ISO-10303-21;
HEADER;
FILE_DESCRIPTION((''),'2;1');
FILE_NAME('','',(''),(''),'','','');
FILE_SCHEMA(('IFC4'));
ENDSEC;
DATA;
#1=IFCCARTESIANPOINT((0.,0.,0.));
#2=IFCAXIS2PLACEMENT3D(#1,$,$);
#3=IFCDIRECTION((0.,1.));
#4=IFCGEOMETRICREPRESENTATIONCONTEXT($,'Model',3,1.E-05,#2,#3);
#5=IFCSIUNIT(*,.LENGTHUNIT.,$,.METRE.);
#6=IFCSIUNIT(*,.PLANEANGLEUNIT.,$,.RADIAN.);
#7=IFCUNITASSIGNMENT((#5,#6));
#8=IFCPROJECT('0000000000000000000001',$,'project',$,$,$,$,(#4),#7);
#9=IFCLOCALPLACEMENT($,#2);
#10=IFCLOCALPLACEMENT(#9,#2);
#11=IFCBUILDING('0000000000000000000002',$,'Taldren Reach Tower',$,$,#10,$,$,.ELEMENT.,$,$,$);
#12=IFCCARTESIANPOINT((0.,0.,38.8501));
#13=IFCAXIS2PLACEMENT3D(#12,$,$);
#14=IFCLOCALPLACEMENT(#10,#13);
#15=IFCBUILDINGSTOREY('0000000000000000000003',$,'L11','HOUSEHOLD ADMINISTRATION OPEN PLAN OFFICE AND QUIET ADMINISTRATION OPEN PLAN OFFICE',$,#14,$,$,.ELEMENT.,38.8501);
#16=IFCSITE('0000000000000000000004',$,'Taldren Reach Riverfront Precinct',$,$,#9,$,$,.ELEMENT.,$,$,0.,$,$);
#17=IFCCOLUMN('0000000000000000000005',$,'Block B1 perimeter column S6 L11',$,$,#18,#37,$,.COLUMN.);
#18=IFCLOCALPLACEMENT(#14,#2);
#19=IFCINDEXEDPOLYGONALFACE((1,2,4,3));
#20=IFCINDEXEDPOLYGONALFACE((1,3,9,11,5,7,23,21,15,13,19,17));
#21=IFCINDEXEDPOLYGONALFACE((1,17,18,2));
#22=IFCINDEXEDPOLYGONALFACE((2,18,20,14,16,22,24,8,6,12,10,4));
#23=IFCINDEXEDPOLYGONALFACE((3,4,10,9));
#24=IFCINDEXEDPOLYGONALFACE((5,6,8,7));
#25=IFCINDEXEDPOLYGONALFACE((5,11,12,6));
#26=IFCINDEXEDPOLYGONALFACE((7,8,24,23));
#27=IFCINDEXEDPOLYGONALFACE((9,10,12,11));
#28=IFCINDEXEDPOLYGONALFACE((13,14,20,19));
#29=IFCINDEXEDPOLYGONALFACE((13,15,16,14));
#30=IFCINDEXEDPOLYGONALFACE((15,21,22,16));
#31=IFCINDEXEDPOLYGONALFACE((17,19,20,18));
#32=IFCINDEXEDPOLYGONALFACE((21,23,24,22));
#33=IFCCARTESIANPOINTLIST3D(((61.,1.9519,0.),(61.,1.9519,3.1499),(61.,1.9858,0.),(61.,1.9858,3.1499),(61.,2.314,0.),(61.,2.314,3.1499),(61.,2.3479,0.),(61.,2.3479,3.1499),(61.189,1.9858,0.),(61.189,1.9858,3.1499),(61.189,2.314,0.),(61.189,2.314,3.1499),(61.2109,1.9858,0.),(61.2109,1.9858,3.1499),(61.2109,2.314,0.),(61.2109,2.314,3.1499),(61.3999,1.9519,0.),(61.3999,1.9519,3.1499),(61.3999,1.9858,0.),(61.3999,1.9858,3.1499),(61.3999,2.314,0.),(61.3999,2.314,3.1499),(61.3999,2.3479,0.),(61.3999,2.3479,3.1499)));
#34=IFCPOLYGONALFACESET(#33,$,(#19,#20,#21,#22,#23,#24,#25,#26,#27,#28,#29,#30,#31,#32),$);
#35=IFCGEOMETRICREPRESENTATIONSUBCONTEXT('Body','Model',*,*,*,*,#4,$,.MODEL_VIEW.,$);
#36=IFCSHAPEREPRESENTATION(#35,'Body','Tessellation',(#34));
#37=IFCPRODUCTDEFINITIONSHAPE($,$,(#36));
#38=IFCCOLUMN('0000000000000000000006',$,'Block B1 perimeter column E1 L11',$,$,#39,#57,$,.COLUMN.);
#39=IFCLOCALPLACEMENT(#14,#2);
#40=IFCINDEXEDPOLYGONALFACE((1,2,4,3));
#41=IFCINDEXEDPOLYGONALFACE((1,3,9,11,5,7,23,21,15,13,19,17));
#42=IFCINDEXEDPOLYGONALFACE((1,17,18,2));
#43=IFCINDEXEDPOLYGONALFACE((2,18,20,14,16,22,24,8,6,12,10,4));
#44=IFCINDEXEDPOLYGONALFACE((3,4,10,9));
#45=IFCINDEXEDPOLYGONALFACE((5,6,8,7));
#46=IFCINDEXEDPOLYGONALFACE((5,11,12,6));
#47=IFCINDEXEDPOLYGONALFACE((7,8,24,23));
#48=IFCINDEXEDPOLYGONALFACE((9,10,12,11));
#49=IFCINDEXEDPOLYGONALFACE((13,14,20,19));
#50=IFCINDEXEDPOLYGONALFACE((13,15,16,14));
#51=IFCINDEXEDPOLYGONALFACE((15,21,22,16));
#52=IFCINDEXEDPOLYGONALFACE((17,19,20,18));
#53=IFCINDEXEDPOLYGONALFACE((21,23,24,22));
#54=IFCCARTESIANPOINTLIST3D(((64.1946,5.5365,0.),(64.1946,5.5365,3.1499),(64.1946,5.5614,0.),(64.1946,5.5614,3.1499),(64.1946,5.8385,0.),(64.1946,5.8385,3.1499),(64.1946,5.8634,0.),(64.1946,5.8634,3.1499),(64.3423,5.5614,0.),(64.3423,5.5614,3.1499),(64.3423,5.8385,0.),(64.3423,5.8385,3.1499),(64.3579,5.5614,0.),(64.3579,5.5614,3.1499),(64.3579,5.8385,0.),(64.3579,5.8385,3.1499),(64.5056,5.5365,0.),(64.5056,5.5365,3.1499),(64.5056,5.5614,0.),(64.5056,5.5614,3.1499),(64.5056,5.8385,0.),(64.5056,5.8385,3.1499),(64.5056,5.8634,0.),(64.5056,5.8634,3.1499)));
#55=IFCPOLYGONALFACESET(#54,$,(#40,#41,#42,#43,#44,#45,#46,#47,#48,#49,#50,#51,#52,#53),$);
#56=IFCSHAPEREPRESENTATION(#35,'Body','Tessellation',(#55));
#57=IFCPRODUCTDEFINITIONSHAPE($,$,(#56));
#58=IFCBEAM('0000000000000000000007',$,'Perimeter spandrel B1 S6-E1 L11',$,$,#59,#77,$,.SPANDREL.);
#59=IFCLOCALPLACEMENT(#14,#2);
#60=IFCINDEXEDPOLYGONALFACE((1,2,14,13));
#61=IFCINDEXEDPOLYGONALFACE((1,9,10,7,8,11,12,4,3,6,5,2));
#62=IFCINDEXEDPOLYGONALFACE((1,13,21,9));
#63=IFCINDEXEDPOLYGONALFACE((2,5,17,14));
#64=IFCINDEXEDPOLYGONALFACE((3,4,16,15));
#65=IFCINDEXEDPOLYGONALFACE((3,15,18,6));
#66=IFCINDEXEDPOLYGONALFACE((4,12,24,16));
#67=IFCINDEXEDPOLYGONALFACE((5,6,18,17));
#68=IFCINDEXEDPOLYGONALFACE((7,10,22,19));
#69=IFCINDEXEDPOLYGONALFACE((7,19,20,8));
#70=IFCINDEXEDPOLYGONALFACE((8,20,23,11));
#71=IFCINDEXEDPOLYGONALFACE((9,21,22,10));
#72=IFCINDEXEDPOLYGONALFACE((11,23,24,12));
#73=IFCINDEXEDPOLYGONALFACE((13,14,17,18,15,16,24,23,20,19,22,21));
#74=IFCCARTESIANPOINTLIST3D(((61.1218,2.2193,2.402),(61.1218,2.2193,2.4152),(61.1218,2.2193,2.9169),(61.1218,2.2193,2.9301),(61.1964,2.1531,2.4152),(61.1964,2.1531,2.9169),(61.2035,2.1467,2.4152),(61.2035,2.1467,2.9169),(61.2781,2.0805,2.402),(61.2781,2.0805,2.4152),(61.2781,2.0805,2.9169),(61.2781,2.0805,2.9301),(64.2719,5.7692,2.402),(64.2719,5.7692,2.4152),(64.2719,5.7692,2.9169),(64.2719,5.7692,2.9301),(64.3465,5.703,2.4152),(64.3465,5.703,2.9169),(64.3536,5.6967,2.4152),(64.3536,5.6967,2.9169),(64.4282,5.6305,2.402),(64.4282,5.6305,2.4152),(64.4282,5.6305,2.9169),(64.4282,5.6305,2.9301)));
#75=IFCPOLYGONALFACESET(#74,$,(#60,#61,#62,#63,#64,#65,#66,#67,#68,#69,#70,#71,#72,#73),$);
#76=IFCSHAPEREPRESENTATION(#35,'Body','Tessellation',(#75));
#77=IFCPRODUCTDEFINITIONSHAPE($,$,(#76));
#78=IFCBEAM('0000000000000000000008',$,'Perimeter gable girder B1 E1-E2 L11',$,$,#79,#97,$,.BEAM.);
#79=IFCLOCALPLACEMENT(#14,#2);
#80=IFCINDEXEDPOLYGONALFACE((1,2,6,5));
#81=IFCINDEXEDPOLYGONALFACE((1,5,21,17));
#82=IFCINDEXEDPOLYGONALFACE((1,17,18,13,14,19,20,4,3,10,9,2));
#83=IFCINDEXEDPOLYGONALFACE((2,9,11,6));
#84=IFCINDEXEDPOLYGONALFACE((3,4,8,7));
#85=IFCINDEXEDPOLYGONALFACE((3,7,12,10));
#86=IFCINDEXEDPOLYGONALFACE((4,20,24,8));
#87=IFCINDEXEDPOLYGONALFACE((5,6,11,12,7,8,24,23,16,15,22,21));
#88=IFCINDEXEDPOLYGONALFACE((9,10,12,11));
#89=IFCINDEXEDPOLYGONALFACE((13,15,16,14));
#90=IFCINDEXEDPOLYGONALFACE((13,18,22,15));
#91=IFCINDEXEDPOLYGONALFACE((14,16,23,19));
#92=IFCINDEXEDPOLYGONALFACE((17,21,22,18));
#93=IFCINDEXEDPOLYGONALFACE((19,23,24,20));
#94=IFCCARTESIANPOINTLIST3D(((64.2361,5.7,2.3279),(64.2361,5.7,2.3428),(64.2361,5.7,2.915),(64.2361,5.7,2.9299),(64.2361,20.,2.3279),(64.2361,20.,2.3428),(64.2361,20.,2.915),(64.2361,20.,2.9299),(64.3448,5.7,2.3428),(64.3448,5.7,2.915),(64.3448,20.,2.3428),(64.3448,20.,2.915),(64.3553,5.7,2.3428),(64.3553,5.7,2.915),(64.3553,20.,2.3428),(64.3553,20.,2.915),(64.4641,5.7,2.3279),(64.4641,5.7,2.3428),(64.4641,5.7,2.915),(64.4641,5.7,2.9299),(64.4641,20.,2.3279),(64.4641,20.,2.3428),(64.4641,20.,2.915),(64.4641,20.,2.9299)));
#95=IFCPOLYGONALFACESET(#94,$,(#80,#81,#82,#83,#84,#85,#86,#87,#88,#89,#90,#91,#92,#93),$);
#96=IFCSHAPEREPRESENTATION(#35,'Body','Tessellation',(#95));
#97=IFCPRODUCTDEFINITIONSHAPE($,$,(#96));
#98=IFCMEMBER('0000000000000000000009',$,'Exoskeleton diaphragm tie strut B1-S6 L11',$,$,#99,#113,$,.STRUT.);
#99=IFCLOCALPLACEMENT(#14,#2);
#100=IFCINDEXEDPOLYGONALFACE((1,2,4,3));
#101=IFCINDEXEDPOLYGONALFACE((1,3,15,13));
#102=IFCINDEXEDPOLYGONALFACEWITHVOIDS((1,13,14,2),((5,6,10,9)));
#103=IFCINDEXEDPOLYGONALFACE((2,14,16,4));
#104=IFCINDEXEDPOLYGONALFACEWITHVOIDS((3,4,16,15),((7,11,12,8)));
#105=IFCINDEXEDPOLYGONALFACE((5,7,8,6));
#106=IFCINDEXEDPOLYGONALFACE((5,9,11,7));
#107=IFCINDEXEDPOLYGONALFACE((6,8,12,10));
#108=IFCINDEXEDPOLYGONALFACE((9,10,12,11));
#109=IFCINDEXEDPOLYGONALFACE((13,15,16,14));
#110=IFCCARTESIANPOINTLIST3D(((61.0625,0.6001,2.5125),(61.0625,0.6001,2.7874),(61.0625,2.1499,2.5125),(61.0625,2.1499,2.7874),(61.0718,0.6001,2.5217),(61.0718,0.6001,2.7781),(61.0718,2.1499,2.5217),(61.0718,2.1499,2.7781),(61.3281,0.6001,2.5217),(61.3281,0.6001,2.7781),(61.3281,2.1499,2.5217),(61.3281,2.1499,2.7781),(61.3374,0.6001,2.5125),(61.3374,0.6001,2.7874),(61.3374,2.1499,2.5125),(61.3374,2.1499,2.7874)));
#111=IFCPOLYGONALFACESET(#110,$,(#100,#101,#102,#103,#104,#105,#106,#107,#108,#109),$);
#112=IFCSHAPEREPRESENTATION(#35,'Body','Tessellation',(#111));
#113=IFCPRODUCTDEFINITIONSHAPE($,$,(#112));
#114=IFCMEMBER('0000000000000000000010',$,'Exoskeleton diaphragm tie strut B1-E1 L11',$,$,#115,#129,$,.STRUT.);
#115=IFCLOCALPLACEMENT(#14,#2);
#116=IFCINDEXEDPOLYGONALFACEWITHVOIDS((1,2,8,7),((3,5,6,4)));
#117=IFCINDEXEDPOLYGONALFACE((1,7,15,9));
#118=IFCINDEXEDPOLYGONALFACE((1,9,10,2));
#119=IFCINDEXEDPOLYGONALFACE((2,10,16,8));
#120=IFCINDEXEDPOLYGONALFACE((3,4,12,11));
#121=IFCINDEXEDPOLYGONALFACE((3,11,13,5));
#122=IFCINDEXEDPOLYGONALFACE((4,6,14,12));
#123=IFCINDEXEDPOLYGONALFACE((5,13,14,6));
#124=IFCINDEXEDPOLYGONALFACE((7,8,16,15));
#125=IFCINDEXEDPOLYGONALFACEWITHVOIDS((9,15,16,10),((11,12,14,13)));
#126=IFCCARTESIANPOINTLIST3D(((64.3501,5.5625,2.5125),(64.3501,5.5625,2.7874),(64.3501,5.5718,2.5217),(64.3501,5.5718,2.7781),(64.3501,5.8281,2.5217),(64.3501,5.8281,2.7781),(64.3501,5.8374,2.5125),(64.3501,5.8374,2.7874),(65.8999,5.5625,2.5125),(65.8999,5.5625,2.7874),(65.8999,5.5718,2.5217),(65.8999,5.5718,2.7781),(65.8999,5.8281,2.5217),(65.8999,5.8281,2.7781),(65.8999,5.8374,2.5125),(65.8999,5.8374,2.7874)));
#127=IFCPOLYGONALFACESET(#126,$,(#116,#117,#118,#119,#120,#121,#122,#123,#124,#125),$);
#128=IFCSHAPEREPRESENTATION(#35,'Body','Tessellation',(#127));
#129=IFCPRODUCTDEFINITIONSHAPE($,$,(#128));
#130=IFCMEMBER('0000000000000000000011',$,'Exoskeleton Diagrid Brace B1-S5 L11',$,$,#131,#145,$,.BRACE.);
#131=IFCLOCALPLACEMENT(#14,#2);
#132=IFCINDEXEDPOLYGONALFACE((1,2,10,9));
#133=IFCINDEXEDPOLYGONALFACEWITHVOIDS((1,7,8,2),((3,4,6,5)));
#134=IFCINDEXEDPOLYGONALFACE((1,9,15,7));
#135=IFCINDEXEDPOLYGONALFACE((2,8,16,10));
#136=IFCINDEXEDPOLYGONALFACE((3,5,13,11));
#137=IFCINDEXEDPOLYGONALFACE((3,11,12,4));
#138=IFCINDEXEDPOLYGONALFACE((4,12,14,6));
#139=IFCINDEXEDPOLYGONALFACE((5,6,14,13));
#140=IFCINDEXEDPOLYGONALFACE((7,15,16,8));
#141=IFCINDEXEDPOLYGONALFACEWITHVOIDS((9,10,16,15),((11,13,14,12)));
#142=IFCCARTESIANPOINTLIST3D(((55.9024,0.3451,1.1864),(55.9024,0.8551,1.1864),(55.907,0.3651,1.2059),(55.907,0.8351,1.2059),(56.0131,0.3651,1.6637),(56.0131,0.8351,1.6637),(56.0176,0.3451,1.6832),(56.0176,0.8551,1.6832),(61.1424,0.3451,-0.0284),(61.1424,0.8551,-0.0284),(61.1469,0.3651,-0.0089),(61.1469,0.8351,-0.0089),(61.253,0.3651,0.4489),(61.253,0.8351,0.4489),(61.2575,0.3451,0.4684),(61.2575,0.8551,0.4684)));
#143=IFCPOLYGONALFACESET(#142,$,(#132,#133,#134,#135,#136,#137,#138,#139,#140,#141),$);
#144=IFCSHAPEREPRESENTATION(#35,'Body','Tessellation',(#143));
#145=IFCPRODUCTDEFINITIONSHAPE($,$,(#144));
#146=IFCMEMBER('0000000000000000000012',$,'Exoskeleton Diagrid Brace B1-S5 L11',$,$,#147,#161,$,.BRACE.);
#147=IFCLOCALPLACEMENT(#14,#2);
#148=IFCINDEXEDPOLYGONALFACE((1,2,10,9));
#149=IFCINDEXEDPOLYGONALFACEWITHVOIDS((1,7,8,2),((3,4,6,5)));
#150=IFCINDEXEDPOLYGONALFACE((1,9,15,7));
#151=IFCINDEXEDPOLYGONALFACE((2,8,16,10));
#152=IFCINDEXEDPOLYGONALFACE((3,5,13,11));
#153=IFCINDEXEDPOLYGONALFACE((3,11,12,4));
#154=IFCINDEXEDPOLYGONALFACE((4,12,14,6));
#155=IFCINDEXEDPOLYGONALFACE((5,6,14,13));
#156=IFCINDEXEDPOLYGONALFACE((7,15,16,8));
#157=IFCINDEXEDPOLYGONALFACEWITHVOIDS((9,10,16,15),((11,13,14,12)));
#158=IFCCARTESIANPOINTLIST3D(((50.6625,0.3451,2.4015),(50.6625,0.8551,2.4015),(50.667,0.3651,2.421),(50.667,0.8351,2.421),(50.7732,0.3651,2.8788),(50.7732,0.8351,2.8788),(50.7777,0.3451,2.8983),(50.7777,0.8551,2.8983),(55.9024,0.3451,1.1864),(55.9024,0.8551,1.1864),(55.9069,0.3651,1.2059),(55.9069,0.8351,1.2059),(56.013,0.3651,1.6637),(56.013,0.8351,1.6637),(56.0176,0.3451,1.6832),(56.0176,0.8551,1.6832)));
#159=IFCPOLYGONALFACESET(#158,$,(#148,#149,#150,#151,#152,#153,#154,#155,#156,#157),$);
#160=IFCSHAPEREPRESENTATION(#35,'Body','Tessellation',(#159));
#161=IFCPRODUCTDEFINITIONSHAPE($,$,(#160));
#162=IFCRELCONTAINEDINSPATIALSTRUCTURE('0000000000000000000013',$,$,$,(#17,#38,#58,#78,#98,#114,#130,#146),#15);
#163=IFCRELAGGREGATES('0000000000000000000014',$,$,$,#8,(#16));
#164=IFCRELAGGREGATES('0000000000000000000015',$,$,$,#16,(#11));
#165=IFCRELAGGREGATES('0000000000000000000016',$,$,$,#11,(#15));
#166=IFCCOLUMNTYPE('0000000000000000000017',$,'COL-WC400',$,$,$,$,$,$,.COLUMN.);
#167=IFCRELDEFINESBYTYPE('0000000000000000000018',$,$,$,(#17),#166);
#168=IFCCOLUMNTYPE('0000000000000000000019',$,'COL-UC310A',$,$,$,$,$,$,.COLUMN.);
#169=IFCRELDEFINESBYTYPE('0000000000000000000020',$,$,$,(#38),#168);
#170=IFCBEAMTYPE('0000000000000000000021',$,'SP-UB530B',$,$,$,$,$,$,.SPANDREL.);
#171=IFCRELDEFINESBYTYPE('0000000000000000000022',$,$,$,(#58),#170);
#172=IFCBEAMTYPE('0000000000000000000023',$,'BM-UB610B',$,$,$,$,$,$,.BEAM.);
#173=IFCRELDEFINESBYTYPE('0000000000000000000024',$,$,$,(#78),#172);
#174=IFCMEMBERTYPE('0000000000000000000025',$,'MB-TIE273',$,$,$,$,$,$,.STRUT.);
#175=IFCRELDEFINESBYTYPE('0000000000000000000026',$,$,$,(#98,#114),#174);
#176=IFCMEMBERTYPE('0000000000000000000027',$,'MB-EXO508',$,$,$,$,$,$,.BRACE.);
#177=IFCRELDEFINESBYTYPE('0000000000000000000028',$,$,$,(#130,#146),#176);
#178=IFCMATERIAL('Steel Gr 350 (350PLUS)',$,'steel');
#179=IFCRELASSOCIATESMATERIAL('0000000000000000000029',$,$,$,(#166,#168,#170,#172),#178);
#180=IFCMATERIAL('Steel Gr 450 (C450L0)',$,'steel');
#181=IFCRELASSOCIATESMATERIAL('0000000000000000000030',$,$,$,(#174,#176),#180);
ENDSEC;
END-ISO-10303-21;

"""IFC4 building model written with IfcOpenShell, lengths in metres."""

from ifc_helpers import new_model, si_unit, direction, frame, origin, origin_2d, place, context, subcontext, project, spatial, hollow_rectangle, i_section, extrude, source, transform, mapped, material, material_profile, profile_set, type_object, element, save


model = new_model("IFC4")

# Units and contexts
model_context = context("Model", 3, precision=1e-05, world=origin(), true_north=direction((0.0, 1.0)))
body_context = subcontext(model_context, "Body", "Model", "MODEL_VIEW")
ifc_project = project(units=[si_unit("LENGTHUNIT", "METRE"), si_unit("PLANEANGLEUNIT", "RADIAN")], contexts=[model_context])

# Site, building, storey
site_placement = place(None, origin())
site = spatial("IfcSite", under=ifc_project, at=site_placement, Name="Taldren Reach Riverfront Precinct", CompositionType="ELEMENT", RefElevation=0.0)
building_placement = place(site_placement, origin())
building = spatial("IfcBuilding", under=site, at=building_placement, Name="Taldren Reach Tower", CompositionType="ELEMENT")
storey_placement = place(building_placement, frame((0.0, 0.0, 38.8501)))
storey = spatial("IfcBuildingStorey", under=building, at=storey_placement, Name="L11", Description="HOUSEHOLD ADMINISTRATION OPEN PLAN OFFICE AND QUIET ADMINISTRATION OPEN PLAN OFFICE", CompositionType="ELEMENT", Elevation=38.8501)

# Columns
ifc_material_1 = material(Name="Steel Gr 350 (350PLUS)", Category="steel")
ifc_material_profile_1 = material_profile(ifc_material_1, i_section(OverallWidth=0.3999, OverallDepth=0.396, WebThickness=0.022, FlangeThickness=0.0339, at=origin_2d()), Name="400WC270")
ifc_profile_set_1 = profile_set([ifc_material_profile_1], Name="Steel Gr 350 (350PLUS)")
column_type_1 = type_object("IfcColumnType", Name="COL-WC400", PredefinedType="COLUMN", material=ifc_profile_set_1)
shared_shape_1 = source(origin(), body_context, "Body", "SweptSolid", [
    extrude(i_section(OverallWidth=0.3999, OverallDepth=0.396, WebThickness=0.022, FlangeThickness=0.0339, at=origin_2d()), origin(), (0.0, 0.0, 1.0), 3.1499),
])
column_1_placement = place(storey_placement, frame((61.2, 2.1499, 0.0), z_axis=(0.0, 0.0, 1.0), x_axis=(1.0, 0.0, 0.0)))
element("IfcColumn", 1, at=column_1_placement, inside=storey, type_object=column_type_1, Name="Block B1 perimeter column S6 L11", PredefinedType="COLUMN", context=body_context, shape_type="MappedRepresentation", body=[
    mapped(shared_shape_1, transform((0.0, 0.0, 0.0), scale=1.0)),
])
ifc_material_profile_2 = material_profile(ifc_material_1, i_section(OverallWidth=0.311, OverallDepth=0.3269, WebThickness=0.0156, FlangeThickness=0.0249, at=origin_2d()), Name="310UC158")
ifc_profile_set_2 = profile_set([ifc_material_profile_2], Name="Steel Gr 350 (350PLUS)")
column_type_2 = type_object("IfcColumnType", Name="COL-UC310A", PredefinedType="COLUMN", material=ifc_profile_set_2)
shared_shape_2 = source(origin(), body_context, "Body", "SweptSolid", [
    extrude(i_section(OverallWidth=0.311, OverallDepth=0.3269, WebThickness=0.0156, FlangeThickness=0.0249, at=origin_2d()), origin(), (0.0, 0.0, 1.0), 3.1499),
])
column_2_placement = place(storey_placement, frame((64.3501, 5.7, 0.0), z_axis=(0.0, 0.0, 1.0), x_axis=(1.0, 0.0, 0.0)))
element("IfcColumn", 2, at=column_2_placement, inside=storey, type_object=column_type_2, Name="Block B1 perimeter column E1 L11", PredefinedType="COLUMN", context=body_context, shape_type="MappedRepresentation", body=[
    mapped(shared_shape_2, transform((0.0, 0.0, 0.0), scale=1.0)),
])

# Beams
ifc_material_profile_3 = material_profile(ifc_material_1, i_section(OverallWidth=0.209, OverallDepth=0.5281, WebThickness=0.0095, FlangeThickness=0.0132, at=origin_2d()), Name="530UB82.0")
ifc_profile_set_3 = profile_set([ifc_material_profile_3], Name="Steel Gr 350 (350PLUS)")
beam_type_1 = type_object("IfcBeamType", Name="SP-UB530B", PredefinedType="SPANDREL", material=ifc_profile_set_3)
shared_shape_3 = source(origin(), body_context, "Body", "SweptSolid", [
    extrude(i_section(OverallWidth=0.209, OverallDepth=0.5281, WebThickness=0.0095, FlangeThickness=0.0132, at=origin_2d()), origin(), (0.0, 0.0, 1.0), 4.7461),
])
beam_1_placement = place(storey_placement, frame((61.2, 2.1499, 2.666), z_axis=(0.663722, 0.747979, 0.0), x_axis=(-0.747979, 0.663722, 0.0)))
element("IfcBeam", 3, at=beam_1_placement, inside=storey, type_object=beam_type_1, Name="Perimeter spandrel B1 S6-E1 L11", PredefinedType="SPANDREL", context=body_context, shape_type="MappedRepresentation", body=[
    mapped(shared_shape_3, transform((0.0, 0.0, 0.0), scale=1.0)),
])
ifc_material_profile_4 = material_profile(ifc_material_1, i_section(OverallWidth=0.228, OverallDepth=0.6021, WebThickness=0.0105, FlangeThickness=0.0149, at=origin_2d()), Name="610UB101")
ifc_profile_set_4 = profile_set([ifc_material_profile_4], Name="Steel Gr 350 (350PLUS)")
beam_type_2 = type_object("IfcBeamType", Name="BM-UB610B", PredefinedType="BEAM", material=ifc_profile_set_4)
shared_shape_4 = source(origin(), body_context, "Body", "SweptSolid", [
    extrude(i_section(OverallWidth=0.228, OverallDepth=0.6021, WebThickness=0.0105, FlangeThickness=0.0149, at=origin_2d()), origin(), (0.0, 0.0, 1.0), 14.3),
])
beam_2_placement = place(storey_placement, frame((64.3501, 5.7, 2.6289), z_axis=(0.0, 1.0, 0.0), x_axis=(-1.0, 0.0, 0.0)))
element("IfcBeam", 4, at=beam_2_placement, inside=storey, type_object=beam_type_2, Name="Perimeter gable girder B1 E1-E2 L11", PredefinedType="BEAM", context=body_context, shape_type="MappedRepresentation", body=[
    mapped(shared_shape_4, transform((0.0, 0.0, 0.0), scale=1.0)),
])

# Members
ifc_material_2 = material(Name="Steel Gr 450 (C450L0)", Category="steel")
ifc_material_profile_5 = material_profile(ifc_material_2, hollow_rectangle(XDim=0.2749, YDim=0.2749, WallThickness=0.0093, at=origin_2d()), Name="275x275x9.3SHS")
ifc_profile_set_5 = profile_set([ifc_material_profile_5], Name="Steel Gr 450 (C450L0)")
member_type_1 = type_object("IfcMemberType", Name="MB-TIE273", PredefinedType="STRUT", material=ifc_profile_set_5)
shared_shape_5 = source(origin(), body_context, "Body", "SweptSolid", [
    extrude(hollow_rectangle(XDim=0.2749, YDim=0.2749, WallThickness=0.0093, at=origin_2d()), origin(), (0.0, 0.0, 1.0), 1.5498),
])
for number, where, z_axis, x_axis, name in (
    (5, (61.2, 2.1499, 2.6499), (0.0, -1.0, 0.0), (1.0, 0.0, 0.0), "Exoskeleton diaphragm tie strut B1-S6 L11"),
    (6, (64.3501, 5.7, 2.6499), (1.0, 0.0, 0.0), (0.0, 1.0, 0.0), "Exoskeleton diaphragm tie strut B1-E1 L11"),
):
    element("IfcMember", number, at=place(storey_placement, frame(where, z_axis=z_axis, x_axis=x_axis)), inside=storey, type_object=member_type_1, Name=name, PredefinedType="STRUT", context=body_context, shape_type="MappedRepresentation", body=[
        mapped(shared_shape_5, transform((0.0, 0.0, 0.0), scale=1.0)),
    ])
ifc_material_profile_6 = material_profile(ifc_material_2, hollow_rectangle(XDim=0.51, YDim=0.51, WallThickness=0.02, at=origin_2d()), Name="510x510x20.0SHS")
ifc_profile_set_6 = profile_set([ifc_material_profile_6], Name="Steel Gr 450 (C450L0)")
member_type_2 = type_object("IfcMemberType", Name="MB-EXO508", PredefinedType="BRACE", material=ifc_profile_set_6)
shared_shape_6 = source(origin(), body_context, "Body", "SweptSolid", [
    extrude(hollow_rectangle(XDim=0.51, YDim=0.51, WallThickness=0.02, at=origin_2d()), origin(), (0.0, 0.0, 1.0), 5.3789),
])
for number, where, z_axis, x_axis, name in (
    (7, (61.2, 0.6001, 0.22), (-0.974162, 0.0, 0.225851), (0.0, -1.0, 0.0), "Exoskeleton Diagrid Brace B1-S5 L11"),
    (8, (55.96, 0.6001, 1.4348), (-0.974152, 0.0, 0.225894), (0.0, -1.0, 0.0), "Exoskeleton Diagrid Brace B1-S5 L11"),
):
    element("IfcMember", number, at=place(storey_placement, frame(where, z_axis=z_axis, x_axis=x_axis)), inside=storey, type_object=member_type_2, Name=name, PredefinedType="BRACE", context=body_context, shape_type="MappedRepresentation", body=[
        mapped(shared_shape_6, transform((0.0, 0.0, 0.0), scale=1.0)),
    ])

save(model, "model.ifc")
